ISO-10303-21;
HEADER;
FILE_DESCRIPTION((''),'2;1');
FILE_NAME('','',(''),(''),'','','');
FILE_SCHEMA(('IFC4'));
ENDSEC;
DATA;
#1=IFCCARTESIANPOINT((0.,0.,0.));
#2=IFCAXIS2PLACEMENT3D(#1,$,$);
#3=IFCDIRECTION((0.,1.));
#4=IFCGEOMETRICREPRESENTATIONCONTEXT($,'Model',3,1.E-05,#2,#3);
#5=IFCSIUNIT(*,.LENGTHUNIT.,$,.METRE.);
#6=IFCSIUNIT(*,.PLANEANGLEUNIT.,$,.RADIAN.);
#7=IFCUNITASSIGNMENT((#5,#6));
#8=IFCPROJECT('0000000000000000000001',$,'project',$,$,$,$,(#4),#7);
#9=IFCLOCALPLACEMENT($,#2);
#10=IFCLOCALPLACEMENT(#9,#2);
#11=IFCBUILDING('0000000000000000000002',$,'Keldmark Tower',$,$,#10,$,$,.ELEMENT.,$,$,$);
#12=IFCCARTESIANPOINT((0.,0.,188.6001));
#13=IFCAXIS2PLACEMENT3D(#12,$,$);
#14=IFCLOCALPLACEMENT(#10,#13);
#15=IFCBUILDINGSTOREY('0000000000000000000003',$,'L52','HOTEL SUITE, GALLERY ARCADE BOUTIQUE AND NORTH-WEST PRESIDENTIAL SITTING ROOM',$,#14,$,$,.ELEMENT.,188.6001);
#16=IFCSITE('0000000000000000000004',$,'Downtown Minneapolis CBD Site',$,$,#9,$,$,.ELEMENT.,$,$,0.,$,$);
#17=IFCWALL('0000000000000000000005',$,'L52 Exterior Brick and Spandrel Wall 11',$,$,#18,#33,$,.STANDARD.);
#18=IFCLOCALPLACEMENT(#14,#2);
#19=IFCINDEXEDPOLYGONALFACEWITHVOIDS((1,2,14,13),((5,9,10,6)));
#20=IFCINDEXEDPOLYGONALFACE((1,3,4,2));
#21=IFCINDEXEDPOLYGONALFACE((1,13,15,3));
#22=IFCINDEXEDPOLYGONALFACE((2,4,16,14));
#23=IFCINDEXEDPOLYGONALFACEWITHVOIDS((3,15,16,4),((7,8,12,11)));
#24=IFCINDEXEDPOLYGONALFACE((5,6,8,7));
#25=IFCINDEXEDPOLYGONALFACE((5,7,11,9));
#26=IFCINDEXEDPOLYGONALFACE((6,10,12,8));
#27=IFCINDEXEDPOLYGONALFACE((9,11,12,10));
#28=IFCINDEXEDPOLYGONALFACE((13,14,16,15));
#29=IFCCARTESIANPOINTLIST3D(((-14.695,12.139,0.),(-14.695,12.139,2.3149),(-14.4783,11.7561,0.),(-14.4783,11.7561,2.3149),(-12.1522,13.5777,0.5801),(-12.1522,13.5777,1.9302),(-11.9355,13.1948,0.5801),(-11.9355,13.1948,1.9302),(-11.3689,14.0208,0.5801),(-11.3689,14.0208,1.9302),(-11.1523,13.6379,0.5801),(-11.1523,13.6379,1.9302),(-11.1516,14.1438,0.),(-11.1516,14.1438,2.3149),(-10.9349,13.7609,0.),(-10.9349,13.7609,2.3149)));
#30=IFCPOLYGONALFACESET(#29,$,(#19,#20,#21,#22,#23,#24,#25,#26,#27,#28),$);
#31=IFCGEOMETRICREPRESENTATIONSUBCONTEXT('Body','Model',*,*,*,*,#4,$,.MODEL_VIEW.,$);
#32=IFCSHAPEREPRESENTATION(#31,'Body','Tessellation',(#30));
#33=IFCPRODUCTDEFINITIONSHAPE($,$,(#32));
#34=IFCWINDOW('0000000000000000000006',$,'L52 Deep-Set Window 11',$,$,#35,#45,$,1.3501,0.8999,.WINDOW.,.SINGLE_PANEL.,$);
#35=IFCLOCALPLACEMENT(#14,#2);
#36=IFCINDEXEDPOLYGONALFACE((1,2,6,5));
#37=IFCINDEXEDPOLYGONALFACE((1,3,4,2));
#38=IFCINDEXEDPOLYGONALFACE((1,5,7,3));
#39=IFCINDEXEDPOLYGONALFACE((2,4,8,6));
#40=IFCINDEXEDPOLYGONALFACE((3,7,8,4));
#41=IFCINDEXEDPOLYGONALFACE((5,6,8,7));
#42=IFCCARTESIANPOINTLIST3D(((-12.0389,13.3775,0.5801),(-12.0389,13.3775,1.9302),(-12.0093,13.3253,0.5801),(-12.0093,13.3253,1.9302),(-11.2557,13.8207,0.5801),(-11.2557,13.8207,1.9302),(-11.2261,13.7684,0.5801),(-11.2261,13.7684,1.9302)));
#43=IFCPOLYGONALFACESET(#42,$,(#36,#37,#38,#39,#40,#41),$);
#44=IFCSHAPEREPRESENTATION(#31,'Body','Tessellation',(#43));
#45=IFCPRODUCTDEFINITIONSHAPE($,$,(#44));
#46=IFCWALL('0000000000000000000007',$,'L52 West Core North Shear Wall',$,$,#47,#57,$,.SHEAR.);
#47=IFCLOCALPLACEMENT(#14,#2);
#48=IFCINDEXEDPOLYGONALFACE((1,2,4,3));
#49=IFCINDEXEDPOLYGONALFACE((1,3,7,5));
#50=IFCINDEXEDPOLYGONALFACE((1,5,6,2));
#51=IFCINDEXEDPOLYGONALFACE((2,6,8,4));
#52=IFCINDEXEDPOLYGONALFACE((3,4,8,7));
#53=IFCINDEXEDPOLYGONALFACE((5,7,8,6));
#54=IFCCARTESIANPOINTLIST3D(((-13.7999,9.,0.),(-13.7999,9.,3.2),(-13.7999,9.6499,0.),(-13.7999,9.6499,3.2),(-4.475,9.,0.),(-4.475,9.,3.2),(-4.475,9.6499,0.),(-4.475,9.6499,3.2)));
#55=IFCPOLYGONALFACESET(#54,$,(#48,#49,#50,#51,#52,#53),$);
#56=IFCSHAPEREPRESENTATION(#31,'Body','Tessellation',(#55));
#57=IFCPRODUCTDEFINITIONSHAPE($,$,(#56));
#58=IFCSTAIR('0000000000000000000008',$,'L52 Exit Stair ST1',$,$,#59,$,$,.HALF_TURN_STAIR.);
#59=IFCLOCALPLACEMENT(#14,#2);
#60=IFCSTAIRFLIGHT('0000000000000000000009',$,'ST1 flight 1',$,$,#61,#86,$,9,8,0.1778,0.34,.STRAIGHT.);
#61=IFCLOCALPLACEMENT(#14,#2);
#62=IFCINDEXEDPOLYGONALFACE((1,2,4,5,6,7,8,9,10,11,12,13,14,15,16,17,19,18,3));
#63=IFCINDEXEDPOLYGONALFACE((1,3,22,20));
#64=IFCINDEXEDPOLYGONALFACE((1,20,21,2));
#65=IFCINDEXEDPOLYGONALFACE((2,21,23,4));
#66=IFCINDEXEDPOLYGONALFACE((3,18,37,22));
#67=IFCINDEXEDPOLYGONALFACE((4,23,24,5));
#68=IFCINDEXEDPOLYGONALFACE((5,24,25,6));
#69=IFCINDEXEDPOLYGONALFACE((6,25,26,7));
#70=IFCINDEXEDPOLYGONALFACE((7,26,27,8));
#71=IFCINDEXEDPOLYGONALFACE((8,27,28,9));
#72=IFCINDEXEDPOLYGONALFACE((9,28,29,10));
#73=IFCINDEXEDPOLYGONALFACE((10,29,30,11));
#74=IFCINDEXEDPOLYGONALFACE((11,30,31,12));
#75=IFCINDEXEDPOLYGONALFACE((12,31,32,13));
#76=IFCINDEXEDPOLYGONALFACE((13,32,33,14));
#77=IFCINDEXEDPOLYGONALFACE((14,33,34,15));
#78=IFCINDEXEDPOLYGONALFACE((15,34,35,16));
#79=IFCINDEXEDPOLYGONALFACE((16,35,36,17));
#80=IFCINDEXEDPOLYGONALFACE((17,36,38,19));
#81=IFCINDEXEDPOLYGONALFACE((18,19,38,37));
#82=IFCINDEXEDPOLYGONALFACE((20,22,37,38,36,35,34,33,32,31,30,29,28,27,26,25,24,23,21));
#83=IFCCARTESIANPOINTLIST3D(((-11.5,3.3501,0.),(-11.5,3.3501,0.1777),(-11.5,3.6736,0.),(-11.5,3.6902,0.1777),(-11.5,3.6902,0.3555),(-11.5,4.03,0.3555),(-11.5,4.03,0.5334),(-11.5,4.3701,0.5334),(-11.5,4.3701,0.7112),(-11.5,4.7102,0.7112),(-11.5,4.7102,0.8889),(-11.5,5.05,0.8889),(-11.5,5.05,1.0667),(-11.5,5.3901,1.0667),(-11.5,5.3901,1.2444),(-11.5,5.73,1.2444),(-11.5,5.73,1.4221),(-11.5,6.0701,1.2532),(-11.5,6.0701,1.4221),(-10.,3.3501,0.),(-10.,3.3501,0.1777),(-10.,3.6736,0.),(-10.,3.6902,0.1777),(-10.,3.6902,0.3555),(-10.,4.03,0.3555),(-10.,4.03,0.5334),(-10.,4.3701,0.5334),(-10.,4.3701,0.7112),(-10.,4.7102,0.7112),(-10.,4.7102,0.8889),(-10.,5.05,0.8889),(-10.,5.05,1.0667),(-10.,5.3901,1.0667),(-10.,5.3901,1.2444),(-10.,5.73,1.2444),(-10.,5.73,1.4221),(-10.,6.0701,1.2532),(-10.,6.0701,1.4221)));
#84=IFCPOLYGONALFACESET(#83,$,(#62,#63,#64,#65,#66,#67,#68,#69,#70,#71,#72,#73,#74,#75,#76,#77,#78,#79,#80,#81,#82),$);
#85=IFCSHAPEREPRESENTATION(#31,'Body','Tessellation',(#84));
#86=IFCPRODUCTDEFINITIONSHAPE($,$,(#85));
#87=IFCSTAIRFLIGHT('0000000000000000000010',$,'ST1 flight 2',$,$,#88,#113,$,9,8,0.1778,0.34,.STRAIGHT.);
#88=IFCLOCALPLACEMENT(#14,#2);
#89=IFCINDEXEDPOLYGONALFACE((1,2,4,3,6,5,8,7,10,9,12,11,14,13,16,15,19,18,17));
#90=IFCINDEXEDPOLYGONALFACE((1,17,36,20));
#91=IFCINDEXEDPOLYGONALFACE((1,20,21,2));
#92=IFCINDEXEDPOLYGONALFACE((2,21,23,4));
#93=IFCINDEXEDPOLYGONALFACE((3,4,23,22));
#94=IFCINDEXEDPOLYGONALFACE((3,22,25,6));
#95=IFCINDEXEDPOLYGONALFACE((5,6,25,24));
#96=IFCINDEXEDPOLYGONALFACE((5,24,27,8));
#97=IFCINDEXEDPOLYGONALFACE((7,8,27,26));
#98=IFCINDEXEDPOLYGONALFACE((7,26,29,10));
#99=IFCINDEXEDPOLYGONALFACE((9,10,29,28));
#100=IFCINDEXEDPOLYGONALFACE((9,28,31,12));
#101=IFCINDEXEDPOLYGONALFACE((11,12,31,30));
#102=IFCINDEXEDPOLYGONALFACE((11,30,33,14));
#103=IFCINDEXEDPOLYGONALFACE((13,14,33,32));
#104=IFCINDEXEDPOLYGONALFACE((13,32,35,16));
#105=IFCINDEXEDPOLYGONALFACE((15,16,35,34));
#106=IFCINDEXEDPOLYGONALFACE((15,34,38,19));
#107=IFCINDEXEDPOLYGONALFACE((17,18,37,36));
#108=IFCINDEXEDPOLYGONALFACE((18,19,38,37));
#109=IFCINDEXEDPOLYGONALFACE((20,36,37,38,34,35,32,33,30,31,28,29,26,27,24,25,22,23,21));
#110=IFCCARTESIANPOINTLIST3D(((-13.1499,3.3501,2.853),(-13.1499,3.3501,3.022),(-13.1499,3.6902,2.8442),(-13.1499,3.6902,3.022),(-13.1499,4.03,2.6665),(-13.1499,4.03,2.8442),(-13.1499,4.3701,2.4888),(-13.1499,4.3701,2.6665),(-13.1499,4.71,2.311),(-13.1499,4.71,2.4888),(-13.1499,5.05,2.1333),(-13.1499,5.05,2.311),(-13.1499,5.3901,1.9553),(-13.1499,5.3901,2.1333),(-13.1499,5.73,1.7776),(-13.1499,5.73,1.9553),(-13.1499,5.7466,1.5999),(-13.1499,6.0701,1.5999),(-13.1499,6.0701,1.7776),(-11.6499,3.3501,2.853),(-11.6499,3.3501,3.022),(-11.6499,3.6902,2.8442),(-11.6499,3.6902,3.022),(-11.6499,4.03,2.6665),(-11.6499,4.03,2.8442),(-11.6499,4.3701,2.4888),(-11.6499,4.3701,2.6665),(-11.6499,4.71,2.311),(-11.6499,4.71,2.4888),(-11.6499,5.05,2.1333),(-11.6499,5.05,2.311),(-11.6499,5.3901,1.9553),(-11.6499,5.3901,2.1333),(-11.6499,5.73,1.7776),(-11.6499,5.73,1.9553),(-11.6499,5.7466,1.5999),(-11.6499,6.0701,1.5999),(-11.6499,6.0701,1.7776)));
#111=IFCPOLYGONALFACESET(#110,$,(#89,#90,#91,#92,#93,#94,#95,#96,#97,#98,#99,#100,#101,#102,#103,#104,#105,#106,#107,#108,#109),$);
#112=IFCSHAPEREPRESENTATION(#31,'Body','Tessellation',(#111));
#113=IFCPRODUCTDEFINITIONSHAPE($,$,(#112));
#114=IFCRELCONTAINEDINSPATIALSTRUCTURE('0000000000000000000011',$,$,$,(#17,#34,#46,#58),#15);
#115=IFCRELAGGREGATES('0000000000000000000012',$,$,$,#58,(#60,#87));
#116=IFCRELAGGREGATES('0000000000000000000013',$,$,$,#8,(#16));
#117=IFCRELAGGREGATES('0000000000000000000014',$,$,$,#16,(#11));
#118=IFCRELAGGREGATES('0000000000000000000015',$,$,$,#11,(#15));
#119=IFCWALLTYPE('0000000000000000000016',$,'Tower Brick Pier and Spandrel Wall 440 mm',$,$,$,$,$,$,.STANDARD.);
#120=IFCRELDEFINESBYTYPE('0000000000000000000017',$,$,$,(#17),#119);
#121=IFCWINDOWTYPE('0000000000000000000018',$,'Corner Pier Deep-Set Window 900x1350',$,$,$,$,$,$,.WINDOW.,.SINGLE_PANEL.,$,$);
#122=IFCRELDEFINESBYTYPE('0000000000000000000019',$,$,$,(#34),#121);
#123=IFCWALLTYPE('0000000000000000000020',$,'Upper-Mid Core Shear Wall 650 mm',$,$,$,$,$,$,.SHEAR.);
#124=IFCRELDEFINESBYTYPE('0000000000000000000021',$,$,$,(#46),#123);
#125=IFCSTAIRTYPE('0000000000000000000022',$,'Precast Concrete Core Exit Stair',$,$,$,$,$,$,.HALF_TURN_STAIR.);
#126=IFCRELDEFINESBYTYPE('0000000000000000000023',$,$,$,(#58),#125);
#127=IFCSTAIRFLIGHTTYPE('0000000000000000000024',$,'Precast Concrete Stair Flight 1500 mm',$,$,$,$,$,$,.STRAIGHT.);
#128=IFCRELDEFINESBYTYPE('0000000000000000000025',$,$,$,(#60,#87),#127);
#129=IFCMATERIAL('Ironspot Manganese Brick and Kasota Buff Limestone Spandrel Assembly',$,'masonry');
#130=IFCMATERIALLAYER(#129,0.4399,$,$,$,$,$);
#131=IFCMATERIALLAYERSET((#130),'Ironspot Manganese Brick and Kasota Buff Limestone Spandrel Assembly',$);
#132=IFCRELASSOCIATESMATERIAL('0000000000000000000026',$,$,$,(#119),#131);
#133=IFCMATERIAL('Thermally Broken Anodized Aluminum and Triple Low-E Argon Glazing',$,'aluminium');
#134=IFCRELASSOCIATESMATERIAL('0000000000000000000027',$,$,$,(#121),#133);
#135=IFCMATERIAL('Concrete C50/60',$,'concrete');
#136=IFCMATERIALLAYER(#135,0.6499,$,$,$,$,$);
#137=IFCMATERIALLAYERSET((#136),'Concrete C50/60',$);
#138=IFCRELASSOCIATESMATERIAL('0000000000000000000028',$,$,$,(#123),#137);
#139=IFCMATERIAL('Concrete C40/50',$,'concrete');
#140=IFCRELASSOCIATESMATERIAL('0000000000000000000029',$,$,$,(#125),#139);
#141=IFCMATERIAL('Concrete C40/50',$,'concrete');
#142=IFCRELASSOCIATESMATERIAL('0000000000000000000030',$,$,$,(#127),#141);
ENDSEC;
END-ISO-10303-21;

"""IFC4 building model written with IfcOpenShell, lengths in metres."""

from ifc_helpers import new_model, si_unit, direction, frame, frame_2d, origin, place, context, subcontext, project, spatial, polyline, rectangle, outline, extrude, material, layer, layer_set, type_object, element, fill, aggregate, save


model = new_model("IFC4")

# Units and contexts
model_context = context("Model", 3, precision=1e-05, world=origin(), true_north=direction((0.0, 1.0)))
body_context = subcontext(model_context, "Body", "Model", "MODEL_VIEW")
ifc_project = project(units=[si_unit("LENGTHUNIT", "METRE"), si_unit("PLANEANGLEUNIT", "RADIAN")], contexts=[model_context])

# Site, building, storey
site_placement = place(None, origin())
site = spatial("IfcSite", under=ifc_project, at=site_placement, Name="Downtown Minneapolis CBD Site", CompositionType="ELEMENT", RefElevation=0.0)
building_placement = place(site_placement, origin())
building = spatial("IfcBuilding", under=site, at=building_placement, Name="Keldmark Tower", CompositionType="ELEMENT")
storey_placement = place(building_placement, frame((0.0, 0.0, 188.6001)))
storey = spatial("IfcBuildingStorey", under=building, at=storey_placement, Name="L52", Description="HOTEL SUITE, GALLERY ARCADE BOUTIQUE AND NORTH-WEST PRESIDENTIAL SITTING ROOM", CompositionType="ELEMENT", Elevation=188.6001)

# Wall, opening, window
ifc_material_1 = material(Name="Ironspot Manganese Brick and Kasota Buff Limestone Spandrel Assembly", Category="masonry")
ifc_layer_1 = layer(ifc_material_1, 0.4399)
ifc_layer_set_1 = layer_set([ifc_layer_1], Name="Ironspot Manganese Brick and Kasota Buff Limestone Spandrel Assembly")
wall_type_1 = type_object("IfcWallType", Name="Tower Brick Pier and Spandrel Wall 440 mm", PredefinedType="STANDARD", material=ifc_layer_set_1)
ifc_material_2 = material(Name="Thermally Broken Anodized Aluminum and Triple Low-E Argon Glazing", Category="aluminium")
window_type = type_object("IfcWindowType", Name="Corner Pier Deep-Set Window 900x1350", PartitioningType="SINGLE_PANEL", PredefinedType="WINDOW", material=ifc_material_2)
wall_1_placement = place(storey_placement, frame((-14.5867, 11.9475, 0.0), z_axis=(0.0, 0.0, 1.0), x_axis=(0.870346, 0.492441, 0.0)))
wall_1 = element("IfcWall", 1, at=wall_1_placement, inside=storey, type_object=wall_type_1, Name="L52 Exterior Brick and Spandrel Wall 11", PredefinedType="STANDARD", context=body_context, shape_type="SweptSolid", body=[
    extrude(rectangle(XDim=4.0713, YDim=0.4399, at=frame_2d((2.0356, 0.0))), origin(), (0.0, 0.0, 1.0), 2.3149),
])
opening_1_placement = place(wall_1_placement, frame((2.9216, 0.0, 0.5801)))
opening_1 = element("IfcOpeningElement", 2, at=opening_1_placement, cuts=wall_1, PredefinedType="OPENING", context=body_context, shape_type="SweptSolid", body=[
    extrude(rectangle(XDim=0.8999, YDim=1.3501, at=frame_2d((0.45, 0.675))), frame((0.0, 0.23, 0.0), z_axis=(0.0, -1.0, 0.0), x_axis=(1.0, 0.0, 0.0)), (0.0, 0.0, 1.0), 0.46),
])
window_1_placement = place(opening_1_placement, origin())
window_1 = element("IfcWindow", 3, at=window_1_placement, inside=storey, type_object=window_type, Name="L52 Deep-Set Window 11", OverallHeight=1.3501, OverallWidth=0.8999, PartitioningType="SINGLE_PANEL", PredefinedType="WINDOW", context=body_context, shape_type="SweptSolid", body=[
    extrude(rectangle(XDim=0.8999, YDim=1.3501, at=frame_2d((0.45, 0.675))), frame((0.0, -0.01, 0.0), z_axis=(0.0, -1.0, 0.0), x_axis=(1.0, 0.0, 0.0)), (0.0, 0.0, 1.0), 0.0601),
])
fill(opening_1, window_1)

# Wall
ifc_material_3 = material(Name="Concrete C50/60", Category="concrete")
ifc_layer_2 = layer(ifc_material_3, 0.6499)
ifc_layer_set_2 = layer_set([ifc_layer_2], Name="Concrete C50/60")
wall_type_2 = type_object("IfcWallType", Name="Upper-Mid Core Shear Wall 650 mm", PredefinedType="SHEAR", material=ifc_layer_set_2)
wall_2_placement = place(storey_placement, frame((-13.8, 9.325, 0.0), z_axis=(0.0, 0.0, 1.0), x_axis=(1.0, 0.0, 0.0)))
element("IfcWall", 4, at=wall_2_placement, inside=storey, type_object=wall_type_2, Name="L52 West Core North Shear Wall", PredefinedType="SHEAR", context=body_context, shape_type="SweptSolid", body=[
    extrude(rectangle(XDim=9.325, YDim=0.6499, at=frame_2d((4.6626, 0.0))), origin(), (0.0, 0.0, 1.0), 3.2),
])

# Stair, stair flights
ifc_material_4 = material(Name="Concrete C40/50", Category="concrete")
stair_type = type_object("IfcStairType", Name="Precast Concrete Core Exit Stair", PredefinedType="HALF_TURN_STAIR", material=ifc_material_4)
stair_placement = place(storey_placement, origin())
stair = element("IfcStair", 5, at=stair_placement, inside=storey, type_object=stair_type, Name="L52 Exit Stair ST1", PredefinedType="HALF_TURN_STAIR")
ifc_material_5 = material(Name="Concrete C40/50", Category="concrete")
stair_flight_type = type_object("IfcStairFlightType", Name="Precast Concrete Stair Flight 1500 mm", PredefinedType="STRAIGHT", material=ifc_material_5)
stair_flight_1_placement = place(storey_placement, frame((-10.75, 3.3501, 0.0), z_axis=(0.0, 0.0, 1.0), x_axis=(0.0, 1.0, 0.0)))
stair_flight_1 = element("IfcStairFlight", 6, at=stair_flight_1_placement, type_object=stair_flight_type, Name="ST1 flight 1", NumberOfRisers=9, NumberOfTreads=8, PredefinedType="STRAIGHT", RiserHeight=0.1778, TreadLength=0.34, context=body_context, shape_type="SweptSolid", body=[
    extrude(outline(polyline([(0.0, 0.0), (0.0, 0.1777), (0.3401, 0.1777), (0.3401, 0.3555), (0.6799, 0.3555), (0.6799, 0.5334), (1.02, 0.5334), (1.02, 0.7112), (1.3601, 0.7112), (1.3601, 0.8889), (1.7, 0.8889), (1.7, 1.0667), (2.04, 1.0667), (2.04, 1.2444), (2.3799, 1.2444), (2.3799, 1.4221), (2.72, 1.4221), (2.72, 1.6001), (2.72, 1.2532), (0.3235, 0.0), (0.0, 0.0)])), frame((0.0, 0.75, 0.0), z_axis=(0.0, -1.0, 0.0), x_axis=(1.0, 0.0, 0.0)), (0.0, 0.0, 1.0), 1.5),
])
stair_flight_2_placement = place(storey_placement, frame((-12.3999, 6.0701, 1.5999), z_axis=(0.0, 0.0, 1.0), x_axis=(0.0, -1.0, 0.0)))
stair_flight_2 = element("IfcStairFlight", 7, at=stair_flight_2_placement, type_object=stair_flight_type, Name="ST1 flight 2", NumberOfRisers=9, NumberOfTreads=8, PredefinedType="STRAIGHT", RiserHeight=0.1778, TreadLength=0.34, context=body_context, shape_type="SweptSolid", body=[
    extrude(outline(polyline([(0.0, 0.0), (0.0, 0.1777), (0.3401, 0.1777), (0.3401, 0.3555), (0.6799, 0.3555), (0.6799, 0.5334), (1.02, 0.5334), (1.02, 0.7112), (1.3601, 0.7112), (1.3601, 0.8889), (1.7, 0.8889), (1.7, 1.0667), (2.04, 1.0667), (2.04, 1.2444), (2.3799, 1.2444), (2.3799, 1.4221), (2.72, 1.4221), (2.72, 1.6001), (2.72, 1.2532), (0.3235, 0.0), (0.0, 0.0)])), frame((0.0, 0.75, 0.0), z_axis=(0.0, -1.0, 0.0), x_axis=(1.0, 0.0, 0.0)), (0.0, 0.0, 1.0), 1.5),
])
aggregate(stair, [stair_flight_1, stair_flight_2])

save(model, "model.ifc")
